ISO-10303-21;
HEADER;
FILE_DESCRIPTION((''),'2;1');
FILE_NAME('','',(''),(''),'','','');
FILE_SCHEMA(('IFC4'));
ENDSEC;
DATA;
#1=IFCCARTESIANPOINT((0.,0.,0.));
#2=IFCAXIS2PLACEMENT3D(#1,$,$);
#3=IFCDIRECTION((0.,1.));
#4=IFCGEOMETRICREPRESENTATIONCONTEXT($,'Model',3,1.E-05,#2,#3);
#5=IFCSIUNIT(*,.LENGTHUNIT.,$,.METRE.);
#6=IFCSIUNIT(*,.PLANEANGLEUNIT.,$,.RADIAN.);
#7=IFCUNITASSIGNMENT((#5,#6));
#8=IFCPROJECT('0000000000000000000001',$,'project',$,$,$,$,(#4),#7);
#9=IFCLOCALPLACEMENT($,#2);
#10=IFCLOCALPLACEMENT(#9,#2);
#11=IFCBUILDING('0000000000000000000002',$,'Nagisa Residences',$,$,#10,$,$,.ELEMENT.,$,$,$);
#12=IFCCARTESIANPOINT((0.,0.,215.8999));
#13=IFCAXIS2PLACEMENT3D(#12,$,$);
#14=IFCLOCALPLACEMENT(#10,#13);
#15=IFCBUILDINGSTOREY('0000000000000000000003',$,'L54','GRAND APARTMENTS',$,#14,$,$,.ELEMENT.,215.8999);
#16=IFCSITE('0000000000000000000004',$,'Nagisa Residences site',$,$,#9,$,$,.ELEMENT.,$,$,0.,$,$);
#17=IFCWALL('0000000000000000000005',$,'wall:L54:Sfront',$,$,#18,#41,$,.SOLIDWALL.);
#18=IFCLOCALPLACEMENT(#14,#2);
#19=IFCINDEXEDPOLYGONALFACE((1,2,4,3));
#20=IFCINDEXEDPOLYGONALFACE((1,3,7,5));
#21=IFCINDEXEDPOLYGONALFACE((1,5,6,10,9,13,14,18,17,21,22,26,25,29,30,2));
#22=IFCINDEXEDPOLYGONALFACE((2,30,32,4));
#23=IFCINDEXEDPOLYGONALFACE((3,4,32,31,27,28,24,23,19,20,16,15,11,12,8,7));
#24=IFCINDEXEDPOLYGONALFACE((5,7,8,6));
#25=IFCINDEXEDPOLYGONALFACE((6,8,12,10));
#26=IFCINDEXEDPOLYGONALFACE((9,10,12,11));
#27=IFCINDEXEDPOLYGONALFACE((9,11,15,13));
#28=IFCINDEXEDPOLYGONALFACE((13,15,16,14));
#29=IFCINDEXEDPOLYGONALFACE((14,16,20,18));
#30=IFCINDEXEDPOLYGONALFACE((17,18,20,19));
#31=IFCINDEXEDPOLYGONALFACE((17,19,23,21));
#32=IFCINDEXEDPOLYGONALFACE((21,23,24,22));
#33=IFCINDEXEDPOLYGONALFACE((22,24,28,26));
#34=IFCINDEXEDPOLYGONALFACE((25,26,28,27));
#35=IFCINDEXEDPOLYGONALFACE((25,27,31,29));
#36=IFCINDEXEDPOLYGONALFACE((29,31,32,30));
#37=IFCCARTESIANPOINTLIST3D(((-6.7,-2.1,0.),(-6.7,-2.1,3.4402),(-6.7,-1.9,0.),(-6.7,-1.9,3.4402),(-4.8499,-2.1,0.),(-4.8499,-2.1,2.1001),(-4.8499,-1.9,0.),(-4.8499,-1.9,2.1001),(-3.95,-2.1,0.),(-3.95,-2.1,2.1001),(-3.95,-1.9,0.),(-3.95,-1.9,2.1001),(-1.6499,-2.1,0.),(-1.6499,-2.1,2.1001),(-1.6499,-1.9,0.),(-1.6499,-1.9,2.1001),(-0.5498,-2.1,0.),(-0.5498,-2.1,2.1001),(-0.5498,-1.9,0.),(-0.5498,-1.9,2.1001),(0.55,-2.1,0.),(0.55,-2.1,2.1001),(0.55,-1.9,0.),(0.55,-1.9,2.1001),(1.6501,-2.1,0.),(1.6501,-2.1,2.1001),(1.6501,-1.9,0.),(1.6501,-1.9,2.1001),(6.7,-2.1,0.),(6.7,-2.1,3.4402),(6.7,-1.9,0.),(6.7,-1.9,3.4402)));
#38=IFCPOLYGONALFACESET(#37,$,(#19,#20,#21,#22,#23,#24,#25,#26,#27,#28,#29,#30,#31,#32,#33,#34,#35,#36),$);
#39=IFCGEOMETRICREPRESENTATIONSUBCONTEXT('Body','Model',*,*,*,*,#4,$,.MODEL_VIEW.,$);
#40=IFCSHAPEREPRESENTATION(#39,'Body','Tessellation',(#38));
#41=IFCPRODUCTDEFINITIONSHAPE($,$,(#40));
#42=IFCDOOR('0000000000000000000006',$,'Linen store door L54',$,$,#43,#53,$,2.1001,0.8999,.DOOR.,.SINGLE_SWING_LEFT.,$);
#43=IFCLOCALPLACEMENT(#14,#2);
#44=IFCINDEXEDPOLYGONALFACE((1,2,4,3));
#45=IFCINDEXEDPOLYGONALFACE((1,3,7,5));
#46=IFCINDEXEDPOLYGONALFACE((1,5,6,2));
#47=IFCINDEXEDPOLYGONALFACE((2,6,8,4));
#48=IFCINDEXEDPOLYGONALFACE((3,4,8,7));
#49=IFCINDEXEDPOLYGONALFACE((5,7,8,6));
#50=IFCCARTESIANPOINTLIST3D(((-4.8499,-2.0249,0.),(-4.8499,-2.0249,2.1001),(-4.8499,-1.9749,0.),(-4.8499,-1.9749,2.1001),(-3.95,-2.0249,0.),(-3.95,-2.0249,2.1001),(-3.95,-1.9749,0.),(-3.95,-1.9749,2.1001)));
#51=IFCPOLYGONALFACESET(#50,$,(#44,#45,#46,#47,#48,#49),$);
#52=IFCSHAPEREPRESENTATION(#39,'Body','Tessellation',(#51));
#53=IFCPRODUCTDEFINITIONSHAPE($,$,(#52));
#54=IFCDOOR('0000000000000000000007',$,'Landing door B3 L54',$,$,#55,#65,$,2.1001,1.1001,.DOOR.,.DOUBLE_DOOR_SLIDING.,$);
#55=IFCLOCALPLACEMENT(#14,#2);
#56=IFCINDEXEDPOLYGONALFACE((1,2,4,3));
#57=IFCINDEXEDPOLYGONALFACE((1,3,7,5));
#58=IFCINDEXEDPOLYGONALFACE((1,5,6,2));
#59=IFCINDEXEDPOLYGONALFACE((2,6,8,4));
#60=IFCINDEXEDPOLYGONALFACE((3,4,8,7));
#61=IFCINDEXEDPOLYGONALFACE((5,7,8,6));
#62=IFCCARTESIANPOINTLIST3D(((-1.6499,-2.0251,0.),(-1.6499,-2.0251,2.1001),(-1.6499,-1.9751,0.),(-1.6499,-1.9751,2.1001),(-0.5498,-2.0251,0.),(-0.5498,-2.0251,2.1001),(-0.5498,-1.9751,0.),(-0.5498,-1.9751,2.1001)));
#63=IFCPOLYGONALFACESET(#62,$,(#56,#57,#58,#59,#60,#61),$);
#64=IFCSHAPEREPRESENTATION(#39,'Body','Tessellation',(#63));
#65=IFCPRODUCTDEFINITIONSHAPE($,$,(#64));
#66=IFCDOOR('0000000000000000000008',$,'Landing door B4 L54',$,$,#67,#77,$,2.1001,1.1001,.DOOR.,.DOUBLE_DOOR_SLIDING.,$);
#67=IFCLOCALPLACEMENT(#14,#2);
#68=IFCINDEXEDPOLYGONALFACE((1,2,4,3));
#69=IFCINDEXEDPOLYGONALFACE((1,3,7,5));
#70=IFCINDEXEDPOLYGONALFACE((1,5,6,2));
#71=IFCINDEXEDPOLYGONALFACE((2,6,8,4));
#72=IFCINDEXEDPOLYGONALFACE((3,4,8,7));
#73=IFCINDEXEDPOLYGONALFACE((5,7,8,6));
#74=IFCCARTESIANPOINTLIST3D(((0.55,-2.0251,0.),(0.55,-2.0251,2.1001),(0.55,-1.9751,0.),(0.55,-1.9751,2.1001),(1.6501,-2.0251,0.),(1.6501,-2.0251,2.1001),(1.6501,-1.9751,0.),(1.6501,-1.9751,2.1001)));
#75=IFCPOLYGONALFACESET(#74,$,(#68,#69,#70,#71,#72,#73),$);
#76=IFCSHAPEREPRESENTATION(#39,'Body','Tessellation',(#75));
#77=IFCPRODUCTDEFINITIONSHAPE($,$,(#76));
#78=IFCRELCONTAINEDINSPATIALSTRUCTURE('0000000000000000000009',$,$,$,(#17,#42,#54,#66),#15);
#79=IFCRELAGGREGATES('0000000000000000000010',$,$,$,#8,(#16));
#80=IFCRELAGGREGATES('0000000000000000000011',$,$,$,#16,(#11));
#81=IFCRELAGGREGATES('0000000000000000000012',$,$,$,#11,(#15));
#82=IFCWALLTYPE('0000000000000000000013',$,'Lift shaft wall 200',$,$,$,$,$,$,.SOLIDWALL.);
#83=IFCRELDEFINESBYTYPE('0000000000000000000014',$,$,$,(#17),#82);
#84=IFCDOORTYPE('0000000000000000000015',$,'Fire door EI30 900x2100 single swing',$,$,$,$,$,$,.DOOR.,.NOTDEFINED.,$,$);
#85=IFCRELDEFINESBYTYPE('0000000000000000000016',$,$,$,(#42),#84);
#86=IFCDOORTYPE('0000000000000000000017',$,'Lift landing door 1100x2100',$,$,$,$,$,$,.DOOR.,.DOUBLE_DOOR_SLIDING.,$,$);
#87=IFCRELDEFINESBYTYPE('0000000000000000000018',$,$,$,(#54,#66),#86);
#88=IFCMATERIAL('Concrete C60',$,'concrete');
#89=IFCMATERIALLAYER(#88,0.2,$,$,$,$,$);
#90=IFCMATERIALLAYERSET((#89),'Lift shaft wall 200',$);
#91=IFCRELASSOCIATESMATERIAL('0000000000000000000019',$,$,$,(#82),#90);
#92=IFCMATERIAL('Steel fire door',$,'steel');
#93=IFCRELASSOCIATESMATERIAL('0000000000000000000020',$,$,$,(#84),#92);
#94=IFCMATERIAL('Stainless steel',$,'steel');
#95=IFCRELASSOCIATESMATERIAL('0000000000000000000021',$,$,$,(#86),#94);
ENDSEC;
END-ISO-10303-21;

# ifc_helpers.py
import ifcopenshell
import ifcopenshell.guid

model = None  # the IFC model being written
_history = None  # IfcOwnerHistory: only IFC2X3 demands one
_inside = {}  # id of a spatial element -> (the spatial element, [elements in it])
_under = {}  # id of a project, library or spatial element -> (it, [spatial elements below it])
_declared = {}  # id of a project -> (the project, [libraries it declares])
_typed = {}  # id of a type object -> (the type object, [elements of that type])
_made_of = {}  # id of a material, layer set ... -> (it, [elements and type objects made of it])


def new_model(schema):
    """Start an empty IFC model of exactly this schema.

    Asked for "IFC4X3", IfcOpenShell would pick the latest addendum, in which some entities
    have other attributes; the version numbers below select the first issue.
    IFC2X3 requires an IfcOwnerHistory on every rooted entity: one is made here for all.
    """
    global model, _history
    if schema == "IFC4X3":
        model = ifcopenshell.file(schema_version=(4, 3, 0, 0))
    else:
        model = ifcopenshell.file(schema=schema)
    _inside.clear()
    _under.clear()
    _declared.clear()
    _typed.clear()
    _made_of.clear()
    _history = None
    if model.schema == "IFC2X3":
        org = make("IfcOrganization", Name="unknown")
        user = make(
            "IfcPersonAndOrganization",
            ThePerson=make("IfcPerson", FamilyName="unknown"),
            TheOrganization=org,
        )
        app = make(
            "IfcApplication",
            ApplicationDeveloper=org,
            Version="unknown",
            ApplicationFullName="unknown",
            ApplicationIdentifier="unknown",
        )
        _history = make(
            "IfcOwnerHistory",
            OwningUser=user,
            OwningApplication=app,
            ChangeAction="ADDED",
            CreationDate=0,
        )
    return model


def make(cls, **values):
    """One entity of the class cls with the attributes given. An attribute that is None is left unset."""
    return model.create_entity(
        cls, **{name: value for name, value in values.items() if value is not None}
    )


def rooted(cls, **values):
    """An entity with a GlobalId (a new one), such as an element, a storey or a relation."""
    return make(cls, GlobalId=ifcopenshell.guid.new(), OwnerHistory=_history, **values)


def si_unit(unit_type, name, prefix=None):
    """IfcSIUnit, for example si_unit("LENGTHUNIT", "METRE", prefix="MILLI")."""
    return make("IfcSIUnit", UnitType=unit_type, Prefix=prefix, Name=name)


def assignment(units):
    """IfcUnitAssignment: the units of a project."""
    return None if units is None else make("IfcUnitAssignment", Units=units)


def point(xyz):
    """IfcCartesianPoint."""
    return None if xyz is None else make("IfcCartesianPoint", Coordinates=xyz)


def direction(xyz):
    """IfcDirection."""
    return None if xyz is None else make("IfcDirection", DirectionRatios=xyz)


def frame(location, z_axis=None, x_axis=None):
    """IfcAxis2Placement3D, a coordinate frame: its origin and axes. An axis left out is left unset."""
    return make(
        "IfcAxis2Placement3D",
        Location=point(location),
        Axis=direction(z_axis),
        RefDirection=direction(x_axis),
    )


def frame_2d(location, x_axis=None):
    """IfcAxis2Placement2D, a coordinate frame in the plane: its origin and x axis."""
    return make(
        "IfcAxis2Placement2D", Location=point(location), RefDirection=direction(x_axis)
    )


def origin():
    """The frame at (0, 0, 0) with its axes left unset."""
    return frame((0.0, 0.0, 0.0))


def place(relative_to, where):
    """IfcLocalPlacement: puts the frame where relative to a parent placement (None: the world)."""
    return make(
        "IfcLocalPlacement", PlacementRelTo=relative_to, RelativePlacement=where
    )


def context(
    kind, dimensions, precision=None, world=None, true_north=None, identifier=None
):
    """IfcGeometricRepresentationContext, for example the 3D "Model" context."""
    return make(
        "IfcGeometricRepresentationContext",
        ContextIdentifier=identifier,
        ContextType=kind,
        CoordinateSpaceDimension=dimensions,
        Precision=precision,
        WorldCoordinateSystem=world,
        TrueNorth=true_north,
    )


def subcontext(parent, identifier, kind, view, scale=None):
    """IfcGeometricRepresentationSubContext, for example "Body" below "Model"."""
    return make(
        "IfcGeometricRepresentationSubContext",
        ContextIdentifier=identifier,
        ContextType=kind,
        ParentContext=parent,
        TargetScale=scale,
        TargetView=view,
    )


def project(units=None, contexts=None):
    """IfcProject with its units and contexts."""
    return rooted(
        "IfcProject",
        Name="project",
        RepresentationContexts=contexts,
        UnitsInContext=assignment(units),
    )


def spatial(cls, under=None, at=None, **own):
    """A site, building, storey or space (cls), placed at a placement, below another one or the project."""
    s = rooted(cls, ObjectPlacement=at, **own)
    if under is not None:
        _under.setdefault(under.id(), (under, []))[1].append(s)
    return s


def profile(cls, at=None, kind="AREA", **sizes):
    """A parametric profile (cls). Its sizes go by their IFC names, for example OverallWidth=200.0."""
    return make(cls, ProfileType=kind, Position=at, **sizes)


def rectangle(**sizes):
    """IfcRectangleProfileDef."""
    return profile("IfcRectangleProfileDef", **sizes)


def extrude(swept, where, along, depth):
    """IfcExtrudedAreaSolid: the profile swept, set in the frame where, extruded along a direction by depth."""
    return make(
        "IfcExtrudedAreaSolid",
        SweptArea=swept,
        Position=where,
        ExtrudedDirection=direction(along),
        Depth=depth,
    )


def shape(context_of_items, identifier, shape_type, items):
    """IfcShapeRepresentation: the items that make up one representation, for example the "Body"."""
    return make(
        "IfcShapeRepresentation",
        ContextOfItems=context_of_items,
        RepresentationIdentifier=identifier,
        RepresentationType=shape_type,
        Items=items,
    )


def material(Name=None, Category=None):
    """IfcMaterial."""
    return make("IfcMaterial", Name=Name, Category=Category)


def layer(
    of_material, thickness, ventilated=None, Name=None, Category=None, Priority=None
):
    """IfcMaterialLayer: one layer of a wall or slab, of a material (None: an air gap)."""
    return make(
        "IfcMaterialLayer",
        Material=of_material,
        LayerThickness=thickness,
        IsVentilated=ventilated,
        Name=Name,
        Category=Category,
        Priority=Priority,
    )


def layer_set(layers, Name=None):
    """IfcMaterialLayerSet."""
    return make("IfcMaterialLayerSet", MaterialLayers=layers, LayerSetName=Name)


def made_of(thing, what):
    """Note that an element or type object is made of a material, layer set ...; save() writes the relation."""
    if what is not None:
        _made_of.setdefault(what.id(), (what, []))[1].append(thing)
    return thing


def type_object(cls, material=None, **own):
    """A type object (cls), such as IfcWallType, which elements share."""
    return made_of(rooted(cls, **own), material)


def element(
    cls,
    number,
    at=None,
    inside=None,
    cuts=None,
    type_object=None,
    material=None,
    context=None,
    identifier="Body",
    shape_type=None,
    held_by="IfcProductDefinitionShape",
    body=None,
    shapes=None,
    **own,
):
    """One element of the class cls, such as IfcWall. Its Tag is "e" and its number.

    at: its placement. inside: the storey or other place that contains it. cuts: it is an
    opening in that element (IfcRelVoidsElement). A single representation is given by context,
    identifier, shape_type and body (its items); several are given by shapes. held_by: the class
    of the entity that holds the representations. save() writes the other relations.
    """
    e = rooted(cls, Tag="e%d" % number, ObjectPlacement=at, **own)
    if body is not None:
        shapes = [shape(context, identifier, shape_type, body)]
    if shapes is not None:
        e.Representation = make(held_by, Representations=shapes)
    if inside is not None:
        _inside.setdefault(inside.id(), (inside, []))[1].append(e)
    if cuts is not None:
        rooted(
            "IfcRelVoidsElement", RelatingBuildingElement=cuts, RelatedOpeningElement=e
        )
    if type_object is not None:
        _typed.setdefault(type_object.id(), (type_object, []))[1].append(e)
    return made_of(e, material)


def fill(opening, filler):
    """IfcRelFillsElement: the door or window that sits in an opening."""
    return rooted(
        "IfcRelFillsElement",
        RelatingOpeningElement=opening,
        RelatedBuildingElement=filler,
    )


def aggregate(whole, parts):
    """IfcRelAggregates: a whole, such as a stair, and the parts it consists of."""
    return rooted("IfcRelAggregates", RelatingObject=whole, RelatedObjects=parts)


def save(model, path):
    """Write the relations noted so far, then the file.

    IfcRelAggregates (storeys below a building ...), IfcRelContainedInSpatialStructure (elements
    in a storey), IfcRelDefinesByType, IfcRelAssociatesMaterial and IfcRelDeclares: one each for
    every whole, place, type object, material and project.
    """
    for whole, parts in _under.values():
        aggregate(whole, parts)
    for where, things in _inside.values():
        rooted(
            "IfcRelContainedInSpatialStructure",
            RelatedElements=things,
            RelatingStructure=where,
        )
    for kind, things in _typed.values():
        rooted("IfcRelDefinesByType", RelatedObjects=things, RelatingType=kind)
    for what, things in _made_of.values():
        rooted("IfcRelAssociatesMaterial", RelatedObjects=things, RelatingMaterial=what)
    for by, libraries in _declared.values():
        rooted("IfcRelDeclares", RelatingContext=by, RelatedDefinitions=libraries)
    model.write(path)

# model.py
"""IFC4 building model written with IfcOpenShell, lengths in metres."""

from ifc_helpers import new_model, si_unit, direction, frame, frame_2d, origin, place, context, subcontext, project, spatial, rectangle, extrude, material, layer, layer_set, type_object, element, fill, save


model = new_model("IFC4")

# Units and contexts
model_context = context("Model", 3, precision=1e-05, world=origin(), true_north=direction((0.0, 1.0)))
body_context = subcontext(model_context, "Body", "Model", "MODEL_VIEW")
ifc_project = project(units=[si_unit("LENGTHUNIT", "METRE"), si_unit("PLANEANGLEUNIT", "RADIAN")], contexts=[model_context])

# Site, building, storey
site_placement = place(None, origin())
site = spatial("IfcSite", under=ifc_project, at=site_placement, Name="Nagisa Residences site", CompositionType="ELEMENT", RefElevation=0.0)
building_placement = place(site_placement, origin())
building = spatial("IfcBuilding", under=site, at=building_placement, Name="Nagisa Residences", CompositionType="ELEMENT")
storey_placement = place(building_placement, frame((0.0, 0.0, 215.8999)))
storey = spatial("IfcBuildingStorey", under=building, at=storey_placement, Name="L54", Description="GRAND APARTMENTS", CompositionType="ELEMENT", Elevation=215.8999)

# Wall, openings, doors
ifc_material_1 = material(Name="Concrete C60", Category="concrete")
ifc_layer_1 = layer(ifc_material_1, 0.2)
ifc_layer_set_1 = layer_set([ifc_layer_1], Name="Lift shaft wall 200")
wall_type = type_object("IfcWallType", Name="Lift shaft wall 200", PredefinedType="SOLIDWALL", material=ifc_layer_set_1)
wall_placement = place(storey_placement, frame((-6.7, -2.0, 0.0), z_axis=(0.0, 0.0, 1.0), x_axis=(1.0, 0.0, 0.0)))
wall = element("IfcWall", 1, at=wall_placement, inside=storey, type_object=wall_type, Name="wall:L54:Sfront", PredefinedType="SOLIDWALL", context=body_context, shape_type="SweptSolid", body=[
    extrude(rectangle(XDim=13.3999, YDim=0.2, at=frame_2d((6.7, 0.0))), origin(), (0.0, 0.0, 1.0), 3.4402),
])
opening_1_placement = place(wall_placement, frame((5.05, 0.0, 0.0)))
opening_1 = element("IfcOpeningElement", 2, at=opening_1_placement, cuts=wall, PredefinedType="OPENING", context=body_context, shape_type="SweptSolid", body=[
    extrude(rectangle(XDim=1.1001, YDim=2.1001, at=frame_2d((0.55, 1.05))), frame((0.0, 0.1099, 0.0), z_axis=(0.0, -1.0, 0.0), x_axis=(1.0, 0.0, 0.0)), (0.0, 0.0, 1.0), 0.22),
])
opening_2_placement = place(wall_placement, frame((7.25, 0.0, 0.0)))
opening_2 = element("IfcOpeningElement", 3, at=opening_2_placement, cuts=wall, PredefinedType="OPENING", context=body_context, shape_type="SweptSolid", body=[
    extrude(rectangle(XDim=1.1001, YDim=2.1001, at=frame_2d((0.55, 1.05))), frame((0.0, 0.1099, 0.0), z_axis=(0.0, -1.0, 0.0), x_axis=(1.0, 0.0, 0.0)), (0.0, 0.0, 1.0), 0.22),
])
opening_3_placement = place(wall_placement, frame((1.8501, 0.0, 0.0)))
opening_3 = element("IfcOpeningElement", 4, at=opening_3_placement, cuts=wall, PredefinedType="OPENING", context=body_context, shape_type="SweptSolid", body=[
    extrude(rectangle(XDim=0.8999, YDim=2.1001, at=frame_2d((0.45, 1.05))), frame((0.0, 0.1099, 0.0), z_axis=(0.0, -1.0, 0.0), x_axis=(1.0, 0.0, 0.0)), (0.0, 0.0, 1.0), 0.22),
])
ifc_material_2 = material(Name="Steel fire door", Category="steel")
door_type_1 = type_object("IfcDoorType", Name="Fire door EI30 900x2100 single swing", OperationType="NOTDEFINED", PredefinedType="DOOR", material=ifc_material_2)
door_1_placement = place(opening_3_placement, frame((0.8999, 0.0, 0.0), x_axis=(-1.0, 0.0, 0.0)))
door_1 = element("IfcDoor", 5, at=door_1_placement, inside=storey, type_object=door_type_1, Name="Linen store door L54", OperationType="SINGLE_SWING_LEFT", OverallHeight=2.1001, OverallWidth=0.8999, PredefinedType="DOOR", context=body_context, shape_type="SweptSolid", body=[
    extrude(rectangle(XDim=0.8999, YDim=2.1001, at=frame_2d((0.45, 1.05))), frame((0.0, 0.0249, 0.0), z_axis=(0.0, -1.0, 0.0), x_axis=(1.0, 0.0, 0.0)), (0.0, 0.0, 1.0), 0.05),
])
fill(opening_3, door_1)
ifc_material_3 = material(Name="Stainless steel", Category="steel")
door_type_2 = type_object("IfcDoorType", Name="Lift landing door 1100x2100", OperationType="DOUBLE_DOOR_SLIDING", PredefinedType="DOOR", material=ifc_material_3)
door_2_placement = place(opening_1_placement, origin())
door_2 = element("IfcDoor", 6, at=door_2_placement, inside=storey, type_object=door_type_2, Name="Landing door B3 L54", OperationType="DOUBLE_DOOR_SLIDING", OverallHeight=2.1001, OverallWidth=1.1001, PredefinedType="DOOR", context=body_context, shape_type="SweptSolid", body=[
    extrude(rectangle(XDim=1.1001, YDim=2.1001, at=frame_2d((0.55, 1.05))), frame((0.0, 0.0249, 0.0), z_axis=(0.0, -1.0, 0.0), x_axis=(1.0, 0.0, 0.0)), (0.0, 0.0, 1.0), 0.05),
])
fill(opening_1, door_2)
door_3_placement = place(opening_2_placement, origin())
door_3 = element("IfcDoor", 7, at=door_3_placement, inside=storey, type_object=door_type_2, Name="Landing door B4 L54", OperationType="DOUBLE_DOOR_SLIDING", OverallHeight=2.1001, OverallWidth=1.1001, PredefinedType="DOOR", context=body_context, shape_type="SweptSolid", body=[
    extrude(rectangle(XDim=1.1001, YDim=2.1001, at=frame_2d((0.55, 1.05))), frame((0.0, 0.0249, 0.0), z_axis=(0.0, -1.0, 0.0), x_axis=(1.0, 0.0, 0.0)), (0.0, 0.0, 1.0), 0.05),
])
fill(opening_2, door_3)

save(model, "model.ifc")
